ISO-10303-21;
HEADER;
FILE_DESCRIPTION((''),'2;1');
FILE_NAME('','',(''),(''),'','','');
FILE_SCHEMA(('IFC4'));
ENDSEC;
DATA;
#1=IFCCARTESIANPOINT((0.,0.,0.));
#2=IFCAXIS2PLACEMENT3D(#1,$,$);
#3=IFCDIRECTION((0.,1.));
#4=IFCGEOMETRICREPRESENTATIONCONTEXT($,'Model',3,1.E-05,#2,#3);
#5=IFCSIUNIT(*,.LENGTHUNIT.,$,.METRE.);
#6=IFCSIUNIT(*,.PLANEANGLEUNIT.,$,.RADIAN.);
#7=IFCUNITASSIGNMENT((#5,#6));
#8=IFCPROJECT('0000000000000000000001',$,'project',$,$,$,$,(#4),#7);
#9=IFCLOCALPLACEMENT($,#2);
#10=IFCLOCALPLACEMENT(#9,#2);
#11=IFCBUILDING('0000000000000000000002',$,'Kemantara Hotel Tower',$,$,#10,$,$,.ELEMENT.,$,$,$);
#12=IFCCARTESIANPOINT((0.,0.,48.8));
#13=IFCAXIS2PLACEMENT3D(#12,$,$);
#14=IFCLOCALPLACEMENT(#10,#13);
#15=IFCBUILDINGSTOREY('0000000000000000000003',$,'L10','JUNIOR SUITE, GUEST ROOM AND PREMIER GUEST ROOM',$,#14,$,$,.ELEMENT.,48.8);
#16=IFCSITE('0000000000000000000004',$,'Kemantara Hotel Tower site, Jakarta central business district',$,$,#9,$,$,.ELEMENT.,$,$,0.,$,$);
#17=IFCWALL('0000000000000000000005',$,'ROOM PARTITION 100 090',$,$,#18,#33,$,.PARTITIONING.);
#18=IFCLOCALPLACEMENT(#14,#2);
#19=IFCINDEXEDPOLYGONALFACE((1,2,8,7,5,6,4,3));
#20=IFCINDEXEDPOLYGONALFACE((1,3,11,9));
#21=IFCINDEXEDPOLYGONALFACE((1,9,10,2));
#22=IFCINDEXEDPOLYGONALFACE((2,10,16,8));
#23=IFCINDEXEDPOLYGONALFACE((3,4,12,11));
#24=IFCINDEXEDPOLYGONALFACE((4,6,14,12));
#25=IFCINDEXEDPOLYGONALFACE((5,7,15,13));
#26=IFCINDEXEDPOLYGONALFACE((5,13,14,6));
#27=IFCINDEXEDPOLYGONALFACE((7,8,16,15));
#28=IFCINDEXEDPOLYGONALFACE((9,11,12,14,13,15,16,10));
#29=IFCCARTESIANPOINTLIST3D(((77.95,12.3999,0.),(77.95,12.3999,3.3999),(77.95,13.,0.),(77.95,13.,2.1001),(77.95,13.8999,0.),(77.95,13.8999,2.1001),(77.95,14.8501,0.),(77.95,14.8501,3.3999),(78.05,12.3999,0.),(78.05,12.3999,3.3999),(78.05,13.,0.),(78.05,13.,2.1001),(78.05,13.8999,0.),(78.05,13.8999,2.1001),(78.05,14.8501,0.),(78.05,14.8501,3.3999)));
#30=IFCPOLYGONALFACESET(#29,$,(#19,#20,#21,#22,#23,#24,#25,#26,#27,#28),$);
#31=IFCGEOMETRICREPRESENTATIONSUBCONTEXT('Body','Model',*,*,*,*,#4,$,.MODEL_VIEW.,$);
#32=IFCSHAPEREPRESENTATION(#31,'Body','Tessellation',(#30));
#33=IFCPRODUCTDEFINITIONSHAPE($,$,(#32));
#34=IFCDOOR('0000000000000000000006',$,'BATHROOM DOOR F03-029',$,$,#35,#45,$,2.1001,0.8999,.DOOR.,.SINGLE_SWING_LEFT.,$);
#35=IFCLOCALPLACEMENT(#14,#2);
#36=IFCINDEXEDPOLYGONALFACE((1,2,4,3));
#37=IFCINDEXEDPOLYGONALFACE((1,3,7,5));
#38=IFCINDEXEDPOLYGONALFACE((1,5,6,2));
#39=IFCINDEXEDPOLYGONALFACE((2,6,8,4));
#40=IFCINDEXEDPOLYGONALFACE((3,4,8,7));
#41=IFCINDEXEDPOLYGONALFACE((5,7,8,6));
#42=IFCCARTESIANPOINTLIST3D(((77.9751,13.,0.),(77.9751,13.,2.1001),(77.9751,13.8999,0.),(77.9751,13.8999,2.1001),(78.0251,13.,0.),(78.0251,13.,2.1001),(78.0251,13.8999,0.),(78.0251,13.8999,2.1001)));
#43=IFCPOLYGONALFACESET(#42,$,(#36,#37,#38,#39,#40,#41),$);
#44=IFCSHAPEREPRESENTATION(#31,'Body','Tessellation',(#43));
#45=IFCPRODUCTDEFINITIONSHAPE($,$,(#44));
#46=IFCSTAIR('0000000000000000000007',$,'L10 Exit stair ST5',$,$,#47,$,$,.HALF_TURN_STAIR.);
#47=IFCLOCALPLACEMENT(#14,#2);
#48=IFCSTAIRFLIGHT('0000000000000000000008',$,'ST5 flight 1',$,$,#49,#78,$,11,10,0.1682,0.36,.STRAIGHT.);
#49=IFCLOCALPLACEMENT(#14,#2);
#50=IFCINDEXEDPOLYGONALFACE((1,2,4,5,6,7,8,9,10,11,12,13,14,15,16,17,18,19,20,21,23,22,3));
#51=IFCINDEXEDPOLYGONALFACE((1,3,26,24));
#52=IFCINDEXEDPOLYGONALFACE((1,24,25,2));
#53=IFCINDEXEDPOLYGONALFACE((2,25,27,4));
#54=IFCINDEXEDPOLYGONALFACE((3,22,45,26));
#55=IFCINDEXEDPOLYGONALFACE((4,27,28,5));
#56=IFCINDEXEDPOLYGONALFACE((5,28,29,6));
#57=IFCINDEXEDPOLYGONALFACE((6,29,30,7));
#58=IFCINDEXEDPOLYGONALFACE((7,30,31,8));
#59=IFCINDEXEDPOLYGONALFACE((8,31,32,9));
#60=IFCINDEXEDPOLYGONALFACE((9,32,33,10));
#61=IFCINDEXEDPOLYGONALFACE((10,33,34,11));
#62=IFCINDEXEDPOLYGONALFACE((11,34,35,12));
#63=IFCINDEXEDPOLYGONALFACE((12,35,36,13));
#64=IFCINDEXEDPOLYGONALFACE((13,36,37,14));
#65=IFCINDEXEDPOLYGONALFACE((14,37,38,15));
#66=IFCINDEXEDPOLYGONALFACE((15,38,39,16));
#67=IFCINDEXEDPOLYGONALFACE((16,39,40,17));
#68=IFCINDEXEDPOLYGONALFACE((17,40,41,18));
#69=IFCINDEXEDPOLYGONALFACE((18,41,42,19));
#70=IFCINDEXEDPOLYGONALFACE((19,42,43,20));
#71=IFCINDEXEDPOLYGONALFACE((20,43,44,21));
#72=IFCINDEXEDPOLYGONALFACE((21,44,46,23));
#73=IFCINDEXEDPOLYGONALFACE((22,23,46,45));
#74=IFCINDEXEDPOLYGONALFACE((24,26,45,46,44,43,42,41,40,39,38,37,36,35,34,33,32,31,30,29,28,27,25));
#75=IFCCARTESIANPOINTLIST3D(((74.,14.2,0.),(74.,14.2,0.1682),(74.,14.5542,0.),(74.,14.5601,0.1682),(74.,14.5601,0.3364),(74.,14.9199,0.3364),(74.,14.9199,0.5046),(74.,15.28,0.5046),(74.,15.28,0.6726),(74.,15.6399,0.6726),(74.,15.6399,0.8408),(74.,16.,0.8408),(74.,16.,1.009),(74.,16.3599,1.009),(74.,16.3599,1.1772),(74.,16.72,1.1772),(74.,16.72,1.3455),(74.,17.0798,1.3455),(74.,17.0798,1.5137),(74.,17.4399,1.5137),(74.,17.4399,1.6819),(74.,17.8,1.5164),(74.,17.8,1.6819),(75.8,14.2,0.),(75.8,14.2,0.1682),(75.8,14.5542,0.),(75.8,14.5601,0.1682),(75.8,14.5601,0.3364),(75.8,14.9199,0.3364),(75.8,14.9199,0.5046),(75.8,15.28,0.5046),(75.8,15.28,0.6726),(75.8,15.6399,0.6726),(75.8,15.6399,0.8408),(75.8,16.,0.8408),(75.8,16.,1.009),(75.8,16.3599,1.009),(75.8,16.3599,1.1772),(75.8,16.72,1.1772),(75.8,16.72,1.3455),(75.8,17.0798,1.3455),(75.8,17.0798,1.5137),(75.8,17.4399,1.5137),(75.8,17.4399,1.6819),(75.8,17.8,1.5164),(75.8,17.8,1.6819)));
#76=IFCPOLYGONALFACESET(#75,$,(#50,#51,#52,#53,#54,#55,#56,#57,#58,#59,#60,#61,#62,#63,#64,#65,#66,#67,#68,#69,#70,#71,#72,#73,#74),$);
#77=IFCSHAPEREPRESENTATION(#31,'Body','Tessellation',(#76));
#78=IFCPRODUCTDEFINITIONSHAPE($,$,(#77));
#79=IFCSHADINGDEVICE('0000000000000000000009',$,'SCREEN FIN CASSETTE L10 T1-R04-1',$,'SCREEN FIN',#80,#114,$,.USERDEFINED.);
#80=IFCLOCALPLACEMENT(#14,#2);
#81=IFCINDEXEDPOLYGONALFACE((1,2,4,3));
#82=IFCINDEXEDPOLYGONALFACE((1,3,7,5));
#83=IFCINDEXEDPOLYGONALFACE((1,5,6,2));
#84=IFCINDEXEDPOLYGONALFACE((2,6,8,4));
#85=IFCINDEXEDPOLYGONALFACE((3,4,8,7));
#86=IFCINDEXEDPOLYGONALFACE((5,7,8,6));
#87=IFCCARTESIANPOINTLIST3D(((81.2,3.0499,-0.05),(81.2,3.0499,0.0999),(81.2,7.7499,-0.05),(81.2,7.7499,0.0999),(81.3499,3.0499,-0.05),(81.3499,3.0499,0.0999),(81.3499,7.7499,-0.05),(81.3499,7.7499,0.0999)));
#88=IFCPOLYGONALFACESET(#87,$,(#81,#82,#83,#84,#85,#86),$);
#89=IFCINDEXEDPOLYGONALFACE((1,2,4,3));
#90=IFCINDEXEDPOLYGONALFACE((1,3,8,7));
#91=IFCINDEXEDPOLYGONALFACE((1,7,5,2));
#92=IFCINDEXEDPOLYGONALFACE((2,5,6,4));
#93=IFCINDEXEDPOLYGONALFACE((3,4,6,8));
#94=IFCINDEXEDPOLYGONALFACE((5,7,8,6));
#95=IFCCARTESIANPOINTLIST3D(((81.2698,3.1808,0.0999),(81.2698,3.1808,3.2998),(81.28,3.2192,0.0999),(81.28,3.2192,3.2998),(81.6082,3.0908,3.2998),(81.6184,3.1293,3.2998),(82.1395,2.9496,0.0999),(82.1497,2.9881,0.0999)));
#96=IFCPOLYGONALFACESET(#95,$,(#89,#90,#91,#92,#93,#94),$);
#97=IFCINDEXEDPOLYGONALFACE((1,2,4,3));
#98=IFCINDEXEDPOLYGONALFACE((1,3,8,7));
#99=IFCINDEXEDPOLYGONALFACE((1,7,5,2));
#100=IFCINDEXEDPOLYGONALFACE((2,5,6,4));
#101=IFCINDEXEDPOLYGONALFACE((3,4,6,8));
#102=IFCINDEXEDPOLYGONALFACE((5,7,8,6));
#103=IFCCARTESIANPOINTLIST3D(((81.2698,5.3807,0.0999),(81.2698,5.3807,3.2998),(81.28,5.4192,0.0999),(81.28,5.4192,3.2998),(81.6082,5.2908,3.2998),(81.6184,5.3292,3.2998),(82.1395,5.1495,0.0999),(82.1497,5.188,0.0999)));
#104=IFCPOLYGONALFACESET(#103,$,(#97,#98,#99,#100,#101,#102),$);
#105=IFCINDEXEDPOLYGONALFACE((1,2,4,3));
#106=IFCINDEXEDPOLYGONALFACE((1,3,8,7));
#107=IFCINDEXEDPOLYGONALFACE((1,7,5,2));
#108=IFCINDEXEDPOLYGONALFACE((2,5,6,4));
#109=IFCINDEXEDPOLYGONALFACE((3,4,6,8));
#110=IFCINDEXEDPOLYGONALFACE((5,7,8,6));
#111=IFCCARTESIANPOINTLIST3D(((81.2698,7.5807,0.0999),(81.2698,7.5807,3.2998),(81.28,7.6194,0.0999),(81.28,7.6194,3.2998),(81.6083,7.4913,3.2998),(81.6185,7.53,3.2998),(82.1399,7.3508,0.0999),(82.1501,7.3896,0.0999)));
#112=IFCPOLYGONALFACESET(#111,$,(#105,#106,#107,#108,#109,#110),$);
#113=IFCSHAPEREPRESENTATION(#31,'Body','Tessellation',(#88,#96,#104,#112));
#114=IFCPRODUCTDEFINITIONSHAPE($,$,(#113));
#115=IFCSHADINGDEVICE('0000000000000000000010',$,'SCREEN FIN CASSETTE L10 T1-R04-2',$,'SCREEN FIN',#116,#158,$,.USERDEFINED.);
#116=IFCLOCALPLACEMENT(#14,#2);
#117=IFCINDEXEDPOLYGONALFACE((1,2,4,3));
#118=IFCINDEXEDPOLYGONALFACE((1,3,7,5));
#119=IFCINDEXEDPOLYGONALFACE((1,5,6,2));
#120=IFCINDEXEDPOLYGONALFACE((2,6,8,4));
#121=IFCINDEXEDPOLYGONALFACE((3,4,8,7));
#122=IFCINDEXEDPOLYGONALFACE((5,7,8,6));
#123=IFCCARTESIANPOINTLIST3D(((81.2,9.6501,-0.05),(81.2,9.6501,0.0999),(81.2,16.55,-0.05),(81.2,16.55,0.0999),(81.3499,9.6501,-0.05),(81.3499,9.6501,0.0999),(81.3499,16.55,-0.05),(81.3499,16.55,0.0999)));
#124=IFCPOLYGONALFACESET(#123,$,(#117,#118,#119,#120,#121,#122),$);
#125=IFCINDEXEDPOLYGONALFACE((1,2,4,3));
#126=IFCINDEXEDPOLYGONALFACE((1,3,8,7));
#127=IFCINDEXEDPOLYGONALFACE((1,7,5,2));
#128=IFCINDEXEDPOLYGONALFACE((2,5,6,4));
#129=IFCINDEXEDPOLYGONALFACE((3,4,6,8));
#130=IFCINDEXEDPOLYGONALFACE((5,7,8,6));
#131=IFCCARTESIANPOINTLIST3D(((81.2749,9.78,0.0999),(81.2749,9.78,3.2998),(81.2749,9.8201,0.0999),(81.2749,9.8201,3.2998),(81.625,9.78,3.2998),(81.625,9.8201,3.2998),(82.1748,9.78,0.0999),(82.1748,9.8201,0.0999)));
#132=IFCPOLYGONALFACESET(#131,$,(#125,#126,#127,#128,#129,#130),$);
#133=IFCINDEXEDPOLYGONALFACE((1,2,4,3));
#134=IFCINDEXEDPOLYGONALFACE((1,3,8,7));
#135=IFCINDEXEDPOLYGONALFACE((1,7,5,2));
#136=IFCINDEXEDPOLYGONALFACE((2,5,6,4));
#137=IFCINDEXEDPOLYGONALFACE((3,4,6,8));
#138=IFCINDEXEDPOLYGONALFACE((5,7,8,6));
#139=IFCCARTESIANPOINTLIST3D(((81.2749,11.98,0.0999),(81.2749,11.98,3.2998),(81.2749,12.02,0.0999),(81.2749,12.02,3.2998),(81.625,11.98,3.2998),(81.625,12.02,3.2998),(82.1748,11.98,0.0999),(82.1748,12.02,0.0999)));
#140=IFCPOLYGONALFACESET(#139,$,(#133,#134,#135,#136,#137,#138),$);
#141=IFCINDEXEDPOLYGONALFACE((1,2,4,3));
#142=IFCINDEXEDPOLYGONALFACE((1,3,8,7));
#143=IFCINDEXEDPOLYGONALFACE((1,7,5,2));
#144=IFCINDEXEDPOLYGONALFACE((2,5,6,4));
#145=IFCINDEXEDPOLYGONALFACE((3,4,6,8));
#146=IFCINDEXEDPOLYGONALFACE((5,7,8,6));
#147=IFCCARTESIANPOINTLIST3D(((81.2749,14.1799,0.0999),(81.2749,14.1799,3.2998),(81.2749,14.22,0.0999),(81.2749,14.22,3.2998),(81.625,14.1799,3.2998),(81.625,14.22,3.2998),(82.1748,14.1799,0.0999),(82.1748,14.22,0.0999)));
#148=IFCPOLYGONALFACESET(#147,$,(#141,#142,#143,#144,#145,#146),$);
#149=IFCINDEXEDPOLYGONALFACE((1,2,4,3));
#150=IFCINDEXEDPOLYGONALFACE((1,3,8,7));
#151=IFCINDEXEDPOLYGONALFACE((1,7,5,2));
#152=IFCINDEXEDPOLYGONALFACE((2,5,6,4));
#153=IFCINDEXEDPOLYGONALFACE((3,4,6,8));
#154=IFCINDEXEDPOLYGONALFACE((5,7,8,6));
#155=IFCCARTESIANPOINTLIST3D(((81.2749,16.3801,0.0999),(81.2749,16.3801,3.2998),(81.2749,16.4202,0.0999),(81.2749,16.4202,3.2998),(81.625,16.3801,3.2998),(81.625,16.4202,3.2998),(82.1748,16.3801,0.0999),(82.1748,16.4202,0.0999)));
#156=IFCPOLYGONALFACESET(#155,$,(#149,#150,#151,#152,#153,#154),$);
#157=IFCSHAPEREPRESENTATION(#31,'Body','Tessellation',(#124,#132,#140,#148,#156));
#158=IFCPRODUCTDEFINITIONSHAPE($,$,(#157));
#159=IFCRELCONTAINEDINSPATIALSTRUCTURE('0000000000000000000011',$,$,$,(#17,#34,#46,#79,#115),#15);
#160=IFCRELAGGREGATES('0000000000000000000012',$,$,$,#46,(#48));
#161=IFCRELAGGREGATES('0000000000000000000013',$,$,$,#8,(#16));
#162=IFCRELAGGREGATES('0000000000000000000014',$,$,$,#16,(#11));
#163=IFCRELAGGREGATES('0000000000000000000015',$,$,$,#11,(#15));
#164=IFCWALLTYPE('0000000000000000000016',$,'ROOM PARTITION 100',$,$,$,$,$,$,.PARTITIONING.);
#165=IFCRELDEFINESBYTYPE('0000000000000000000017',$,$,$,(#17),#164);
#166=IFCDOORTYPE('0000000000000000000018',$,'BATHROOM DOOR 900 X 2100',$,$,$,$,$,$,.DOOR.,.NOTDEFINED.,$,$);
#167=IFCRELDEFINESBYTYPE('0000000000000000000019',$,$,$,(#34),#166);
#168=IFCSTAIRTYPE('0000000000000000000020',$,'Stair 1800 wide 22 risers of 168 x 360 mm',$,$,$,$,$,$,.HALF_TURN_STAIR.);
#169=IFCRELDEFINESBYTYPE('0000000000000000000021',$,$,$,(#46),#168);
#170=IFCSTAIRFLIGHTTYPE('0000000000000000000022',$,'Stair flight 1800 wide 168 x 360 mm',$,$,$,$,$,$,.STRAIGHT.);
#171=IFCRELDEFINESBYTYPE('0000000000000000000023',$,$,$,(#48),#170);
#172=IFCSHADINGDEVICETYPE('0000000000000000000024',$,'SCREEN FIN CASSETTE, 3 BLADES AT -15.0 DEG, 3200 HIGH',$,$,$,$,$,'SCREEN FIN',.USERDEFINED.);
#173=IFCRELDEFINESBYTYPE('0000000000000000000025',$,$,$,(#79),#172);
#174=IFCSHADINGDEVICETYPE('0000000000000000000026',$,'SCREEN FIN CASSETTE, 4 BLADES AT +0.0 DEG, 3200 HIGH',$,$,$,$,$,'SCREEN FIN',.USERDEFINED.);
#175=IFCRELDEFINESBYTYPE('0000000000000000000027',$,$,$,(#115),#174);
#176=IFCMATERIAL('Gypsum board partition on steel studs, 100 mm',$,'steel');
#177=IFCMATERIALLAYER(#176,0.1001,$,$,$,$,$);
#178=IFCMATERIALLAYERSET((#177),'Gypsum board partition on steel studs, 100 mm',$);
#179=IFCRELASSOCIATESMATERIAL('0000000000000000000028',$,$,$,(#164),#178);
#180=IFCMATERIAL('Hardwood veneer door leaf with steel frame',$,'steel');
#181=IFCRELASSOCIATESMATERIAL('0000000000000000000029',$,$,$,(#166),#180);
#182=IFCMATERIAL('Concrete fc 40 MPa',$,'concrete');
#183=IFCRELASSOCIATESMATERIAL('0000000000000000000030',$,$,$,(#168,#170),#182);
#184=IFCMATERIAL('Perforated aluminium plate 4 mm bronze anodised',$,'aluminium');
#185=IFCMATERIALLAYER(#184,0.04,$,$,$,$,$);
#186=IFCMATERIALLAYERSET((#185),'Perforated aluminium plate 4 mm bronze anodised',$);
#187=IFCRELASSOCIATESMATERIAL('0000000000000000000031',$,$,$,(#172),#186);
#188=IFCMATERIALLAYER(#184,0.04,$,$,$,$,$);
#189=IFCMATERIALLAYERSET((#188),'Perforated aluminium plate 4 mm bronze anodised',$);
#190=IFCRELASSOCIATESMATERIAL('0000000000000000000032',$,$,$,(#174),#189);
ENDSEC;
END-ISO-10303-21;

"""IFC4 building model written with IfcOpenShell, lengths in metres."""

from ifc_helpers import new_model, si_unit, direction, frame, frame_2d, origin, origin_2d, place, context, subcontext, project, spatial, polyline, rectangle, outline, extrude, source, transform, mapped, material, layer, layer_set, type_object, element, fill, aggregate, save


model = new_model("IFC4")

# Units and contexts
model_context = context("Model", 3, precision=1e-05, world=origin(), true_north=direction((0.0, 1.0)))
body_context = subcontext(model_context, "Body", "Model", "MODEL_VIEW")
ifc_project = project(units=[si_unit("LENGTHUNIT", "METRE"), si_unit("PLANEANGLEUNIT", "RADIAN")], contexts=[model_context])

# Site, building, storey
site_placement = place(None, origin())
site = spatial("IfcSite", under=ifc_project, at=site_placement, Name="Kemantara Hotel Tower site, Jakarta central business district", CompositionType="ELEMENT", RefElevation=0.0)
building_placement = place(site_placement, origin())
building = spatial("IfcBuilding", under=site, at=building_placement, Name="Kemantara Hotel Tower", CompositionType="ELEMENT")
storey_placement = place(building_placement, frame((0.0, 0.0, 48.8)))
storey = spatial("IfcBuildingStorey", under=building, at=storey_placement, Name="L10", Description="JUNIOR SUITE, GUEST ROOM AND PREMIER GUEST ROOM", CompositionType="ELEMENT", Elevation=48.8)

# Shared definitions
ifc_material_1 = material(Name="Hardwood veneer door leaf with steel frame", Category="steel")

# Shared definitions
ifc_material_2 = material(Name="Concrete fc 40 MPa", Category="concrete")
ifc_material_3 = material(Name="Gypsum board partition on steel studs, 100 mm", Category="steel")
ifc_layer_1 = layer(ifc_material_3, 0.1001)
ifc_layer_set_1 = layer_set([ifc_layer_1], Name="Gypsum board partition on steel studs, 100 mm")
wall_type_1 = type_object("IfcWallType", Name="ROOM PARTITION 100", PredefinedType="PARTITIONING", material=ifc_layer_set_1)

# Shared definitions
door_type_1 = type_object("IfcDoorType", Name="BATHROOM DOOR 900 X 2100", OperationType="NOTDEFINED", PredefinedType="DOOR", material=ifc_material_1)

# Wall, opening, door
wall_1_placement = place(storey_placement, frame((78.0, 12.3999, 0.0), z_axis=(0.0, 0.0, 1.0), x_axis=(0.0, 1.0, 0.0)))
wall_1 = element("IfcWall", 1, at=wall_1_placement, inside=storey, type_object=wall_type_1, Name="ROOM PARTITION 100 090", PredefinedType="PARTITIONING", context=body_context, shape_type="SweptSolid", body=[
    extrude(rectangle(XDim=2.4502, YDim=0.1001, at=frame_2d((1.2251, 0.0))), origin(), (0.0, 0.0, 1.0), 3.3999),
])
opening_1_placement = place(wall_1_placement, frame((0.6001, 0.0, 0.0)))
opening_1 = element("IfcOpeningElement", 2, at=opening_1_placement, cuts=wall_1, PredefinedType="OPENING", context=body_context, shape_type="SweptSolid", body=[
    extrude(rectangle(XDim=0.8999, YDim=2.1001, at=frame_2d((0.45, 1.05))), frame((0.0, 0.0601, 0.0), z_axis=(0.0, -1.0, 0.0), x_axis=(1.0, 0.0, 0.0)), (0.0, 0.0, 1.0), 0.1201),
])
door_1_placement = place(opening_1_placement, origin())
door_1 = element("IfcDoor", 3, at=door_1_placement, inside=storey, type_object=door_type_1, Name="BATHROOM DOOR F03-029", OperationType="SINGLE_SWING_LEFT", OverallHeight=2.1001, OverallWidth=0.8999, PredefinedType="DOOR", context=body_context, shape_type="SweptSolid", body=[
    extrude(rectangle(XDim=0.8999, YDim=2.1001, at=frame_2d((0.45, 1.05))), frame((0.0, 0.0249, 0.0), z_axis=(0.0, -1.0, 0.0), x_axis=(1.0, 0.0, 0.0)), (0.0, 0.0, 1.0), 0.05),
])
fill(opening_1, door_1)

# Stair, stair flight
stair_type = type_object("IfcStairType", Name="Stair 1800 wide 22 risers of 168 x 360 mm", PredefinedType="HALF_TURN_STAIR", material=ifc_material_2)
stair_placement = place(storey_placement, origin())
stair = element("IfcStair", 4, at=stair_placement, inside=storey, type_object=stair_type, Name="L10 Exit stair ST5", PredefinedType="HALF_TURN_STAIR")
stair_flight_type = type_object("IfcStairFlightType", Name="Stair flight 1800 wide 168 x 360 mm", PredefinedType="STRAIGHT", material=ifc_material_2)
stair_flight_placement = place(storey_placement, frame((74.8999, 14.2, 0.0), z_axis=(0.0, 0.0, 1.0), x_axis=(0.0, 1.0, 0.0)))
stair_flight = element("IfcStairFlight", 5, at=stair_flight_placement, type_object=stair_flight_type, Name="ST5 flight 1", NumberOfRisers=11, NumberOfTreads=10, PredefinedType="STRAIGHT", RiserHeight=0.1682, TreadLength=0.36, context=body_context, shape_type="SweptSolid", body=[
    extrude(outline(polyline([(0.0, 0.0), (0.0, 0.1682), (0.3601, 0.1682), (0.3601, 0.3364), (0.72, 0.3364), (0.72, 0.5046), (1.0801, 0.5046), (1.0801, 0.6726), (1.4399, 0.6726), (1.4399, 0.8408), (1.8, 0.8408), (1.8, 1.009), (2.1599, 1.009), (2.1599, 1.1772), (2.52, 1.1772), (2.52, 1.3455), (2.8799, 1.3455), (2.8799, 1.5137), (3.24, 1.5137), (3.24, 1.6819), (3.6001, 1.6819), (3.6001, 1.8501), (3.6001, 1.5164), (0.3542, 0.0), (0.0, 0.0)])), frame((0.0, 0.8999, 0.0), z_axis=(0.0, -1.0, 0.0), x_axis=(1.0, 0.0, 0.0)), (0.0, 0.0, 1.0), 1.8),
])
aggregate(stair, [stair_flight])

# Shading devices
ifc_material_4 = material(Name="Perforated aluminium plate 4 mm bronze anodised", Category="aluminium")
ifc_layer_2 = layer(ifc_material_4, 0.04)
ifc_layer_set_2 = layer_set([ifc_layer_2], Name="Perforated aluminium plate 4 mm bronze anodised")
shading_device_type_1 = type_object("IfcShadingDeviceType", Name="SCREEN FIN CASSETTE, 3 BLADES AT -15.0 DEG, 3200 HIGH", ElementType="SCREEN FIN", PredefinedType="USERDEFINED", material=ifc_layer_set_2)
shared_shape_1 = source(origin(), body_context, "Body", "SweptSolid", [
    extrude(rectangle(XDim=4.7, YDim=0.1499, at=origin_2d()), frame((2.2, -0.075, -0.1499), z_axis=(0.0, 0.0, 1.0), x_axis=(1.0, 0.0, 0.0)), (0.0, 0.0, 1.0), 0.1499),
    extrude(outline(polyline([(0.0, 0.0), (0.8999, 0.0), (0.3501, 3.2), (0.0, 3.2), (0.0, 0.0)])), frame((0.0193, -0.0801, 0.0), z_axis=(-0.966438, 0.256901, 0.0), x_axis=(-0.256901, -0.966438, 0.0)), (0.0, 0.0, 1.0), 0.0398),
    extrude(outline(polyline([(0.0, 0.0), (0.8999, 0.0), (0.3501, 3.2), (0.0, 3.2), (0.0, 0.0)])), frame((2.2192, -0.0801, 0.0), z_axis=(-0.966438, 0.256901, 0.0), x_axis=(-0.256901, -0.966438, 0.0)), (0.0, 0.0, 1.0), 0.0398),
    extrude(outline(polyline([(0.0, 0.0), (0.8999, 0.0), (0.3501, 3.2), (0.0, 3.2), (0.0, 0.0)])), frame((4.4194, -0.0801, 0.0), z_axis=(-0.966838, 0.255391, 0.0), x_axis=(-0.255391, -0.966838, 0.0)), (0.0, 0.0, 1.0), 0.04),
])
shading_device_1_placement = place(storey_placement, frame((81.2, 3.2, 0.0999), z_axis=(0.0, 0.0, 1.0), x_axis=(0.0, 1.0, 0.0)))
element("IfcShadingDevice", 6, at=shading_device_1_placement, inside=storey, type_object=shading_device_type_1, Name="SCREEN FIN CASSETTE L10 T1-R04-1", ObjectType="SCREEN FIN", PredefinedType="USERDEFINED", context=body_context, shape_type="MappedRepresentation", body=[
    mapped(shared_shape_1, transform((0.0, 0.0, 0.0))),
])
ifc_layer_3 = layer(ifc_material_4, 0.04)
ifc_layer_set_3 = layer_set([ifc_layer_3], Name="Perforated aluminium plate 4 mm bronze anodised")
shading_device_type_2 = type_object("IfcShadingDeviceType", Name="SCREEN FIN CASSETTE, 4 BLADES AT +0.0 DEG, 3200 HIGH", ElementType="SCREEN FIN", PredefinedType="USERDEFINED", material=ifc_layer_set_3)
shared_shape_2 = source(origin(), body_context, "Body", "SweptSolid", [
    extrude(rectangle(XDim=6.8999, YDim=0.1499, at=origin_2d()), frame((3.3, -0.075, -0.1499), z_axis=(0.0, 0.0, 1.0), x_axis=(1.0, 0.0, 0.0)), (0.0, 0.0, 1.0), 0.1499),
    extrude(outline(polyline([(0.0, 0.0), (0.8999, 0.0), (0.3501, 3.2), (0.0, 3.2), (0.0, 0.0)])), frame((0.02, -0.075, 0.0), z_axis=(-1.0, 0.0, 0.0), x_axis=(0.0, -1.0, 0.0)), (0.0, 0.0, 1.0), 0.04),
    extrude(outline(polyline([(0.0, 0.0), (0.8999, 0.0), (0.3501, 3.2), (0.0, 3.2), (0.0, 0.0)])), frame((2.22, -0.075, 0.0), z_axis=(-1.0, 0.0, 0.0), x_axis=(0.0, -1.0, 0.0)), (0.0, 0.0, 1.0), 0.04),
    extrude(outline(polyline([(0.0, 0.0), (0.8999, 0.0), (0.3501, 3.2), (0.0, 3.2), (0.0, 0.0)])), frame((4.4199, -0.075, 0.0), z_axis=(-1.0, 0.0, 0.0), x_axis=(0.0, -1.0, 0.0)), (0.0, 0.0, 1.0), 0.04),
    extrude(outline(polyline([(0.0, 0.0), (0.8999, 0.0), (0.3501, 3.2), (0.0, 3.2), (0.0, 0.0)])), frame((6.6201, -0.075, 0.0), z_axis=(-1.0, 0.0, 0.0), x_axis=(0.0, -1.0, 0.0)), (0.0, 0.0, 1.0), 0.04),
])
shading_device_2_placement = place(storey_placement, frame((81.2, 9.8, 0.0999), z_axis=(0.0, 0.0, 1.0), x_axis=(0.0, 1.0, 0.0)))
element("IfcShadingDevice", 7, at=shading_device_2_placement, inside=storey, type_object=shading_device_type_2, Name="SCREEN FIN CASSETTE L10 T1-R04-2", ObjectType="SCREEN FIN", PredefinedType="USERDEFINED", context=body_context, shape_type="MappedRepresentation", body=[
    mapped(shared_shape_2, transform((0.0, 0.0, 0.0))),
])

save(model, "model.ifc")
